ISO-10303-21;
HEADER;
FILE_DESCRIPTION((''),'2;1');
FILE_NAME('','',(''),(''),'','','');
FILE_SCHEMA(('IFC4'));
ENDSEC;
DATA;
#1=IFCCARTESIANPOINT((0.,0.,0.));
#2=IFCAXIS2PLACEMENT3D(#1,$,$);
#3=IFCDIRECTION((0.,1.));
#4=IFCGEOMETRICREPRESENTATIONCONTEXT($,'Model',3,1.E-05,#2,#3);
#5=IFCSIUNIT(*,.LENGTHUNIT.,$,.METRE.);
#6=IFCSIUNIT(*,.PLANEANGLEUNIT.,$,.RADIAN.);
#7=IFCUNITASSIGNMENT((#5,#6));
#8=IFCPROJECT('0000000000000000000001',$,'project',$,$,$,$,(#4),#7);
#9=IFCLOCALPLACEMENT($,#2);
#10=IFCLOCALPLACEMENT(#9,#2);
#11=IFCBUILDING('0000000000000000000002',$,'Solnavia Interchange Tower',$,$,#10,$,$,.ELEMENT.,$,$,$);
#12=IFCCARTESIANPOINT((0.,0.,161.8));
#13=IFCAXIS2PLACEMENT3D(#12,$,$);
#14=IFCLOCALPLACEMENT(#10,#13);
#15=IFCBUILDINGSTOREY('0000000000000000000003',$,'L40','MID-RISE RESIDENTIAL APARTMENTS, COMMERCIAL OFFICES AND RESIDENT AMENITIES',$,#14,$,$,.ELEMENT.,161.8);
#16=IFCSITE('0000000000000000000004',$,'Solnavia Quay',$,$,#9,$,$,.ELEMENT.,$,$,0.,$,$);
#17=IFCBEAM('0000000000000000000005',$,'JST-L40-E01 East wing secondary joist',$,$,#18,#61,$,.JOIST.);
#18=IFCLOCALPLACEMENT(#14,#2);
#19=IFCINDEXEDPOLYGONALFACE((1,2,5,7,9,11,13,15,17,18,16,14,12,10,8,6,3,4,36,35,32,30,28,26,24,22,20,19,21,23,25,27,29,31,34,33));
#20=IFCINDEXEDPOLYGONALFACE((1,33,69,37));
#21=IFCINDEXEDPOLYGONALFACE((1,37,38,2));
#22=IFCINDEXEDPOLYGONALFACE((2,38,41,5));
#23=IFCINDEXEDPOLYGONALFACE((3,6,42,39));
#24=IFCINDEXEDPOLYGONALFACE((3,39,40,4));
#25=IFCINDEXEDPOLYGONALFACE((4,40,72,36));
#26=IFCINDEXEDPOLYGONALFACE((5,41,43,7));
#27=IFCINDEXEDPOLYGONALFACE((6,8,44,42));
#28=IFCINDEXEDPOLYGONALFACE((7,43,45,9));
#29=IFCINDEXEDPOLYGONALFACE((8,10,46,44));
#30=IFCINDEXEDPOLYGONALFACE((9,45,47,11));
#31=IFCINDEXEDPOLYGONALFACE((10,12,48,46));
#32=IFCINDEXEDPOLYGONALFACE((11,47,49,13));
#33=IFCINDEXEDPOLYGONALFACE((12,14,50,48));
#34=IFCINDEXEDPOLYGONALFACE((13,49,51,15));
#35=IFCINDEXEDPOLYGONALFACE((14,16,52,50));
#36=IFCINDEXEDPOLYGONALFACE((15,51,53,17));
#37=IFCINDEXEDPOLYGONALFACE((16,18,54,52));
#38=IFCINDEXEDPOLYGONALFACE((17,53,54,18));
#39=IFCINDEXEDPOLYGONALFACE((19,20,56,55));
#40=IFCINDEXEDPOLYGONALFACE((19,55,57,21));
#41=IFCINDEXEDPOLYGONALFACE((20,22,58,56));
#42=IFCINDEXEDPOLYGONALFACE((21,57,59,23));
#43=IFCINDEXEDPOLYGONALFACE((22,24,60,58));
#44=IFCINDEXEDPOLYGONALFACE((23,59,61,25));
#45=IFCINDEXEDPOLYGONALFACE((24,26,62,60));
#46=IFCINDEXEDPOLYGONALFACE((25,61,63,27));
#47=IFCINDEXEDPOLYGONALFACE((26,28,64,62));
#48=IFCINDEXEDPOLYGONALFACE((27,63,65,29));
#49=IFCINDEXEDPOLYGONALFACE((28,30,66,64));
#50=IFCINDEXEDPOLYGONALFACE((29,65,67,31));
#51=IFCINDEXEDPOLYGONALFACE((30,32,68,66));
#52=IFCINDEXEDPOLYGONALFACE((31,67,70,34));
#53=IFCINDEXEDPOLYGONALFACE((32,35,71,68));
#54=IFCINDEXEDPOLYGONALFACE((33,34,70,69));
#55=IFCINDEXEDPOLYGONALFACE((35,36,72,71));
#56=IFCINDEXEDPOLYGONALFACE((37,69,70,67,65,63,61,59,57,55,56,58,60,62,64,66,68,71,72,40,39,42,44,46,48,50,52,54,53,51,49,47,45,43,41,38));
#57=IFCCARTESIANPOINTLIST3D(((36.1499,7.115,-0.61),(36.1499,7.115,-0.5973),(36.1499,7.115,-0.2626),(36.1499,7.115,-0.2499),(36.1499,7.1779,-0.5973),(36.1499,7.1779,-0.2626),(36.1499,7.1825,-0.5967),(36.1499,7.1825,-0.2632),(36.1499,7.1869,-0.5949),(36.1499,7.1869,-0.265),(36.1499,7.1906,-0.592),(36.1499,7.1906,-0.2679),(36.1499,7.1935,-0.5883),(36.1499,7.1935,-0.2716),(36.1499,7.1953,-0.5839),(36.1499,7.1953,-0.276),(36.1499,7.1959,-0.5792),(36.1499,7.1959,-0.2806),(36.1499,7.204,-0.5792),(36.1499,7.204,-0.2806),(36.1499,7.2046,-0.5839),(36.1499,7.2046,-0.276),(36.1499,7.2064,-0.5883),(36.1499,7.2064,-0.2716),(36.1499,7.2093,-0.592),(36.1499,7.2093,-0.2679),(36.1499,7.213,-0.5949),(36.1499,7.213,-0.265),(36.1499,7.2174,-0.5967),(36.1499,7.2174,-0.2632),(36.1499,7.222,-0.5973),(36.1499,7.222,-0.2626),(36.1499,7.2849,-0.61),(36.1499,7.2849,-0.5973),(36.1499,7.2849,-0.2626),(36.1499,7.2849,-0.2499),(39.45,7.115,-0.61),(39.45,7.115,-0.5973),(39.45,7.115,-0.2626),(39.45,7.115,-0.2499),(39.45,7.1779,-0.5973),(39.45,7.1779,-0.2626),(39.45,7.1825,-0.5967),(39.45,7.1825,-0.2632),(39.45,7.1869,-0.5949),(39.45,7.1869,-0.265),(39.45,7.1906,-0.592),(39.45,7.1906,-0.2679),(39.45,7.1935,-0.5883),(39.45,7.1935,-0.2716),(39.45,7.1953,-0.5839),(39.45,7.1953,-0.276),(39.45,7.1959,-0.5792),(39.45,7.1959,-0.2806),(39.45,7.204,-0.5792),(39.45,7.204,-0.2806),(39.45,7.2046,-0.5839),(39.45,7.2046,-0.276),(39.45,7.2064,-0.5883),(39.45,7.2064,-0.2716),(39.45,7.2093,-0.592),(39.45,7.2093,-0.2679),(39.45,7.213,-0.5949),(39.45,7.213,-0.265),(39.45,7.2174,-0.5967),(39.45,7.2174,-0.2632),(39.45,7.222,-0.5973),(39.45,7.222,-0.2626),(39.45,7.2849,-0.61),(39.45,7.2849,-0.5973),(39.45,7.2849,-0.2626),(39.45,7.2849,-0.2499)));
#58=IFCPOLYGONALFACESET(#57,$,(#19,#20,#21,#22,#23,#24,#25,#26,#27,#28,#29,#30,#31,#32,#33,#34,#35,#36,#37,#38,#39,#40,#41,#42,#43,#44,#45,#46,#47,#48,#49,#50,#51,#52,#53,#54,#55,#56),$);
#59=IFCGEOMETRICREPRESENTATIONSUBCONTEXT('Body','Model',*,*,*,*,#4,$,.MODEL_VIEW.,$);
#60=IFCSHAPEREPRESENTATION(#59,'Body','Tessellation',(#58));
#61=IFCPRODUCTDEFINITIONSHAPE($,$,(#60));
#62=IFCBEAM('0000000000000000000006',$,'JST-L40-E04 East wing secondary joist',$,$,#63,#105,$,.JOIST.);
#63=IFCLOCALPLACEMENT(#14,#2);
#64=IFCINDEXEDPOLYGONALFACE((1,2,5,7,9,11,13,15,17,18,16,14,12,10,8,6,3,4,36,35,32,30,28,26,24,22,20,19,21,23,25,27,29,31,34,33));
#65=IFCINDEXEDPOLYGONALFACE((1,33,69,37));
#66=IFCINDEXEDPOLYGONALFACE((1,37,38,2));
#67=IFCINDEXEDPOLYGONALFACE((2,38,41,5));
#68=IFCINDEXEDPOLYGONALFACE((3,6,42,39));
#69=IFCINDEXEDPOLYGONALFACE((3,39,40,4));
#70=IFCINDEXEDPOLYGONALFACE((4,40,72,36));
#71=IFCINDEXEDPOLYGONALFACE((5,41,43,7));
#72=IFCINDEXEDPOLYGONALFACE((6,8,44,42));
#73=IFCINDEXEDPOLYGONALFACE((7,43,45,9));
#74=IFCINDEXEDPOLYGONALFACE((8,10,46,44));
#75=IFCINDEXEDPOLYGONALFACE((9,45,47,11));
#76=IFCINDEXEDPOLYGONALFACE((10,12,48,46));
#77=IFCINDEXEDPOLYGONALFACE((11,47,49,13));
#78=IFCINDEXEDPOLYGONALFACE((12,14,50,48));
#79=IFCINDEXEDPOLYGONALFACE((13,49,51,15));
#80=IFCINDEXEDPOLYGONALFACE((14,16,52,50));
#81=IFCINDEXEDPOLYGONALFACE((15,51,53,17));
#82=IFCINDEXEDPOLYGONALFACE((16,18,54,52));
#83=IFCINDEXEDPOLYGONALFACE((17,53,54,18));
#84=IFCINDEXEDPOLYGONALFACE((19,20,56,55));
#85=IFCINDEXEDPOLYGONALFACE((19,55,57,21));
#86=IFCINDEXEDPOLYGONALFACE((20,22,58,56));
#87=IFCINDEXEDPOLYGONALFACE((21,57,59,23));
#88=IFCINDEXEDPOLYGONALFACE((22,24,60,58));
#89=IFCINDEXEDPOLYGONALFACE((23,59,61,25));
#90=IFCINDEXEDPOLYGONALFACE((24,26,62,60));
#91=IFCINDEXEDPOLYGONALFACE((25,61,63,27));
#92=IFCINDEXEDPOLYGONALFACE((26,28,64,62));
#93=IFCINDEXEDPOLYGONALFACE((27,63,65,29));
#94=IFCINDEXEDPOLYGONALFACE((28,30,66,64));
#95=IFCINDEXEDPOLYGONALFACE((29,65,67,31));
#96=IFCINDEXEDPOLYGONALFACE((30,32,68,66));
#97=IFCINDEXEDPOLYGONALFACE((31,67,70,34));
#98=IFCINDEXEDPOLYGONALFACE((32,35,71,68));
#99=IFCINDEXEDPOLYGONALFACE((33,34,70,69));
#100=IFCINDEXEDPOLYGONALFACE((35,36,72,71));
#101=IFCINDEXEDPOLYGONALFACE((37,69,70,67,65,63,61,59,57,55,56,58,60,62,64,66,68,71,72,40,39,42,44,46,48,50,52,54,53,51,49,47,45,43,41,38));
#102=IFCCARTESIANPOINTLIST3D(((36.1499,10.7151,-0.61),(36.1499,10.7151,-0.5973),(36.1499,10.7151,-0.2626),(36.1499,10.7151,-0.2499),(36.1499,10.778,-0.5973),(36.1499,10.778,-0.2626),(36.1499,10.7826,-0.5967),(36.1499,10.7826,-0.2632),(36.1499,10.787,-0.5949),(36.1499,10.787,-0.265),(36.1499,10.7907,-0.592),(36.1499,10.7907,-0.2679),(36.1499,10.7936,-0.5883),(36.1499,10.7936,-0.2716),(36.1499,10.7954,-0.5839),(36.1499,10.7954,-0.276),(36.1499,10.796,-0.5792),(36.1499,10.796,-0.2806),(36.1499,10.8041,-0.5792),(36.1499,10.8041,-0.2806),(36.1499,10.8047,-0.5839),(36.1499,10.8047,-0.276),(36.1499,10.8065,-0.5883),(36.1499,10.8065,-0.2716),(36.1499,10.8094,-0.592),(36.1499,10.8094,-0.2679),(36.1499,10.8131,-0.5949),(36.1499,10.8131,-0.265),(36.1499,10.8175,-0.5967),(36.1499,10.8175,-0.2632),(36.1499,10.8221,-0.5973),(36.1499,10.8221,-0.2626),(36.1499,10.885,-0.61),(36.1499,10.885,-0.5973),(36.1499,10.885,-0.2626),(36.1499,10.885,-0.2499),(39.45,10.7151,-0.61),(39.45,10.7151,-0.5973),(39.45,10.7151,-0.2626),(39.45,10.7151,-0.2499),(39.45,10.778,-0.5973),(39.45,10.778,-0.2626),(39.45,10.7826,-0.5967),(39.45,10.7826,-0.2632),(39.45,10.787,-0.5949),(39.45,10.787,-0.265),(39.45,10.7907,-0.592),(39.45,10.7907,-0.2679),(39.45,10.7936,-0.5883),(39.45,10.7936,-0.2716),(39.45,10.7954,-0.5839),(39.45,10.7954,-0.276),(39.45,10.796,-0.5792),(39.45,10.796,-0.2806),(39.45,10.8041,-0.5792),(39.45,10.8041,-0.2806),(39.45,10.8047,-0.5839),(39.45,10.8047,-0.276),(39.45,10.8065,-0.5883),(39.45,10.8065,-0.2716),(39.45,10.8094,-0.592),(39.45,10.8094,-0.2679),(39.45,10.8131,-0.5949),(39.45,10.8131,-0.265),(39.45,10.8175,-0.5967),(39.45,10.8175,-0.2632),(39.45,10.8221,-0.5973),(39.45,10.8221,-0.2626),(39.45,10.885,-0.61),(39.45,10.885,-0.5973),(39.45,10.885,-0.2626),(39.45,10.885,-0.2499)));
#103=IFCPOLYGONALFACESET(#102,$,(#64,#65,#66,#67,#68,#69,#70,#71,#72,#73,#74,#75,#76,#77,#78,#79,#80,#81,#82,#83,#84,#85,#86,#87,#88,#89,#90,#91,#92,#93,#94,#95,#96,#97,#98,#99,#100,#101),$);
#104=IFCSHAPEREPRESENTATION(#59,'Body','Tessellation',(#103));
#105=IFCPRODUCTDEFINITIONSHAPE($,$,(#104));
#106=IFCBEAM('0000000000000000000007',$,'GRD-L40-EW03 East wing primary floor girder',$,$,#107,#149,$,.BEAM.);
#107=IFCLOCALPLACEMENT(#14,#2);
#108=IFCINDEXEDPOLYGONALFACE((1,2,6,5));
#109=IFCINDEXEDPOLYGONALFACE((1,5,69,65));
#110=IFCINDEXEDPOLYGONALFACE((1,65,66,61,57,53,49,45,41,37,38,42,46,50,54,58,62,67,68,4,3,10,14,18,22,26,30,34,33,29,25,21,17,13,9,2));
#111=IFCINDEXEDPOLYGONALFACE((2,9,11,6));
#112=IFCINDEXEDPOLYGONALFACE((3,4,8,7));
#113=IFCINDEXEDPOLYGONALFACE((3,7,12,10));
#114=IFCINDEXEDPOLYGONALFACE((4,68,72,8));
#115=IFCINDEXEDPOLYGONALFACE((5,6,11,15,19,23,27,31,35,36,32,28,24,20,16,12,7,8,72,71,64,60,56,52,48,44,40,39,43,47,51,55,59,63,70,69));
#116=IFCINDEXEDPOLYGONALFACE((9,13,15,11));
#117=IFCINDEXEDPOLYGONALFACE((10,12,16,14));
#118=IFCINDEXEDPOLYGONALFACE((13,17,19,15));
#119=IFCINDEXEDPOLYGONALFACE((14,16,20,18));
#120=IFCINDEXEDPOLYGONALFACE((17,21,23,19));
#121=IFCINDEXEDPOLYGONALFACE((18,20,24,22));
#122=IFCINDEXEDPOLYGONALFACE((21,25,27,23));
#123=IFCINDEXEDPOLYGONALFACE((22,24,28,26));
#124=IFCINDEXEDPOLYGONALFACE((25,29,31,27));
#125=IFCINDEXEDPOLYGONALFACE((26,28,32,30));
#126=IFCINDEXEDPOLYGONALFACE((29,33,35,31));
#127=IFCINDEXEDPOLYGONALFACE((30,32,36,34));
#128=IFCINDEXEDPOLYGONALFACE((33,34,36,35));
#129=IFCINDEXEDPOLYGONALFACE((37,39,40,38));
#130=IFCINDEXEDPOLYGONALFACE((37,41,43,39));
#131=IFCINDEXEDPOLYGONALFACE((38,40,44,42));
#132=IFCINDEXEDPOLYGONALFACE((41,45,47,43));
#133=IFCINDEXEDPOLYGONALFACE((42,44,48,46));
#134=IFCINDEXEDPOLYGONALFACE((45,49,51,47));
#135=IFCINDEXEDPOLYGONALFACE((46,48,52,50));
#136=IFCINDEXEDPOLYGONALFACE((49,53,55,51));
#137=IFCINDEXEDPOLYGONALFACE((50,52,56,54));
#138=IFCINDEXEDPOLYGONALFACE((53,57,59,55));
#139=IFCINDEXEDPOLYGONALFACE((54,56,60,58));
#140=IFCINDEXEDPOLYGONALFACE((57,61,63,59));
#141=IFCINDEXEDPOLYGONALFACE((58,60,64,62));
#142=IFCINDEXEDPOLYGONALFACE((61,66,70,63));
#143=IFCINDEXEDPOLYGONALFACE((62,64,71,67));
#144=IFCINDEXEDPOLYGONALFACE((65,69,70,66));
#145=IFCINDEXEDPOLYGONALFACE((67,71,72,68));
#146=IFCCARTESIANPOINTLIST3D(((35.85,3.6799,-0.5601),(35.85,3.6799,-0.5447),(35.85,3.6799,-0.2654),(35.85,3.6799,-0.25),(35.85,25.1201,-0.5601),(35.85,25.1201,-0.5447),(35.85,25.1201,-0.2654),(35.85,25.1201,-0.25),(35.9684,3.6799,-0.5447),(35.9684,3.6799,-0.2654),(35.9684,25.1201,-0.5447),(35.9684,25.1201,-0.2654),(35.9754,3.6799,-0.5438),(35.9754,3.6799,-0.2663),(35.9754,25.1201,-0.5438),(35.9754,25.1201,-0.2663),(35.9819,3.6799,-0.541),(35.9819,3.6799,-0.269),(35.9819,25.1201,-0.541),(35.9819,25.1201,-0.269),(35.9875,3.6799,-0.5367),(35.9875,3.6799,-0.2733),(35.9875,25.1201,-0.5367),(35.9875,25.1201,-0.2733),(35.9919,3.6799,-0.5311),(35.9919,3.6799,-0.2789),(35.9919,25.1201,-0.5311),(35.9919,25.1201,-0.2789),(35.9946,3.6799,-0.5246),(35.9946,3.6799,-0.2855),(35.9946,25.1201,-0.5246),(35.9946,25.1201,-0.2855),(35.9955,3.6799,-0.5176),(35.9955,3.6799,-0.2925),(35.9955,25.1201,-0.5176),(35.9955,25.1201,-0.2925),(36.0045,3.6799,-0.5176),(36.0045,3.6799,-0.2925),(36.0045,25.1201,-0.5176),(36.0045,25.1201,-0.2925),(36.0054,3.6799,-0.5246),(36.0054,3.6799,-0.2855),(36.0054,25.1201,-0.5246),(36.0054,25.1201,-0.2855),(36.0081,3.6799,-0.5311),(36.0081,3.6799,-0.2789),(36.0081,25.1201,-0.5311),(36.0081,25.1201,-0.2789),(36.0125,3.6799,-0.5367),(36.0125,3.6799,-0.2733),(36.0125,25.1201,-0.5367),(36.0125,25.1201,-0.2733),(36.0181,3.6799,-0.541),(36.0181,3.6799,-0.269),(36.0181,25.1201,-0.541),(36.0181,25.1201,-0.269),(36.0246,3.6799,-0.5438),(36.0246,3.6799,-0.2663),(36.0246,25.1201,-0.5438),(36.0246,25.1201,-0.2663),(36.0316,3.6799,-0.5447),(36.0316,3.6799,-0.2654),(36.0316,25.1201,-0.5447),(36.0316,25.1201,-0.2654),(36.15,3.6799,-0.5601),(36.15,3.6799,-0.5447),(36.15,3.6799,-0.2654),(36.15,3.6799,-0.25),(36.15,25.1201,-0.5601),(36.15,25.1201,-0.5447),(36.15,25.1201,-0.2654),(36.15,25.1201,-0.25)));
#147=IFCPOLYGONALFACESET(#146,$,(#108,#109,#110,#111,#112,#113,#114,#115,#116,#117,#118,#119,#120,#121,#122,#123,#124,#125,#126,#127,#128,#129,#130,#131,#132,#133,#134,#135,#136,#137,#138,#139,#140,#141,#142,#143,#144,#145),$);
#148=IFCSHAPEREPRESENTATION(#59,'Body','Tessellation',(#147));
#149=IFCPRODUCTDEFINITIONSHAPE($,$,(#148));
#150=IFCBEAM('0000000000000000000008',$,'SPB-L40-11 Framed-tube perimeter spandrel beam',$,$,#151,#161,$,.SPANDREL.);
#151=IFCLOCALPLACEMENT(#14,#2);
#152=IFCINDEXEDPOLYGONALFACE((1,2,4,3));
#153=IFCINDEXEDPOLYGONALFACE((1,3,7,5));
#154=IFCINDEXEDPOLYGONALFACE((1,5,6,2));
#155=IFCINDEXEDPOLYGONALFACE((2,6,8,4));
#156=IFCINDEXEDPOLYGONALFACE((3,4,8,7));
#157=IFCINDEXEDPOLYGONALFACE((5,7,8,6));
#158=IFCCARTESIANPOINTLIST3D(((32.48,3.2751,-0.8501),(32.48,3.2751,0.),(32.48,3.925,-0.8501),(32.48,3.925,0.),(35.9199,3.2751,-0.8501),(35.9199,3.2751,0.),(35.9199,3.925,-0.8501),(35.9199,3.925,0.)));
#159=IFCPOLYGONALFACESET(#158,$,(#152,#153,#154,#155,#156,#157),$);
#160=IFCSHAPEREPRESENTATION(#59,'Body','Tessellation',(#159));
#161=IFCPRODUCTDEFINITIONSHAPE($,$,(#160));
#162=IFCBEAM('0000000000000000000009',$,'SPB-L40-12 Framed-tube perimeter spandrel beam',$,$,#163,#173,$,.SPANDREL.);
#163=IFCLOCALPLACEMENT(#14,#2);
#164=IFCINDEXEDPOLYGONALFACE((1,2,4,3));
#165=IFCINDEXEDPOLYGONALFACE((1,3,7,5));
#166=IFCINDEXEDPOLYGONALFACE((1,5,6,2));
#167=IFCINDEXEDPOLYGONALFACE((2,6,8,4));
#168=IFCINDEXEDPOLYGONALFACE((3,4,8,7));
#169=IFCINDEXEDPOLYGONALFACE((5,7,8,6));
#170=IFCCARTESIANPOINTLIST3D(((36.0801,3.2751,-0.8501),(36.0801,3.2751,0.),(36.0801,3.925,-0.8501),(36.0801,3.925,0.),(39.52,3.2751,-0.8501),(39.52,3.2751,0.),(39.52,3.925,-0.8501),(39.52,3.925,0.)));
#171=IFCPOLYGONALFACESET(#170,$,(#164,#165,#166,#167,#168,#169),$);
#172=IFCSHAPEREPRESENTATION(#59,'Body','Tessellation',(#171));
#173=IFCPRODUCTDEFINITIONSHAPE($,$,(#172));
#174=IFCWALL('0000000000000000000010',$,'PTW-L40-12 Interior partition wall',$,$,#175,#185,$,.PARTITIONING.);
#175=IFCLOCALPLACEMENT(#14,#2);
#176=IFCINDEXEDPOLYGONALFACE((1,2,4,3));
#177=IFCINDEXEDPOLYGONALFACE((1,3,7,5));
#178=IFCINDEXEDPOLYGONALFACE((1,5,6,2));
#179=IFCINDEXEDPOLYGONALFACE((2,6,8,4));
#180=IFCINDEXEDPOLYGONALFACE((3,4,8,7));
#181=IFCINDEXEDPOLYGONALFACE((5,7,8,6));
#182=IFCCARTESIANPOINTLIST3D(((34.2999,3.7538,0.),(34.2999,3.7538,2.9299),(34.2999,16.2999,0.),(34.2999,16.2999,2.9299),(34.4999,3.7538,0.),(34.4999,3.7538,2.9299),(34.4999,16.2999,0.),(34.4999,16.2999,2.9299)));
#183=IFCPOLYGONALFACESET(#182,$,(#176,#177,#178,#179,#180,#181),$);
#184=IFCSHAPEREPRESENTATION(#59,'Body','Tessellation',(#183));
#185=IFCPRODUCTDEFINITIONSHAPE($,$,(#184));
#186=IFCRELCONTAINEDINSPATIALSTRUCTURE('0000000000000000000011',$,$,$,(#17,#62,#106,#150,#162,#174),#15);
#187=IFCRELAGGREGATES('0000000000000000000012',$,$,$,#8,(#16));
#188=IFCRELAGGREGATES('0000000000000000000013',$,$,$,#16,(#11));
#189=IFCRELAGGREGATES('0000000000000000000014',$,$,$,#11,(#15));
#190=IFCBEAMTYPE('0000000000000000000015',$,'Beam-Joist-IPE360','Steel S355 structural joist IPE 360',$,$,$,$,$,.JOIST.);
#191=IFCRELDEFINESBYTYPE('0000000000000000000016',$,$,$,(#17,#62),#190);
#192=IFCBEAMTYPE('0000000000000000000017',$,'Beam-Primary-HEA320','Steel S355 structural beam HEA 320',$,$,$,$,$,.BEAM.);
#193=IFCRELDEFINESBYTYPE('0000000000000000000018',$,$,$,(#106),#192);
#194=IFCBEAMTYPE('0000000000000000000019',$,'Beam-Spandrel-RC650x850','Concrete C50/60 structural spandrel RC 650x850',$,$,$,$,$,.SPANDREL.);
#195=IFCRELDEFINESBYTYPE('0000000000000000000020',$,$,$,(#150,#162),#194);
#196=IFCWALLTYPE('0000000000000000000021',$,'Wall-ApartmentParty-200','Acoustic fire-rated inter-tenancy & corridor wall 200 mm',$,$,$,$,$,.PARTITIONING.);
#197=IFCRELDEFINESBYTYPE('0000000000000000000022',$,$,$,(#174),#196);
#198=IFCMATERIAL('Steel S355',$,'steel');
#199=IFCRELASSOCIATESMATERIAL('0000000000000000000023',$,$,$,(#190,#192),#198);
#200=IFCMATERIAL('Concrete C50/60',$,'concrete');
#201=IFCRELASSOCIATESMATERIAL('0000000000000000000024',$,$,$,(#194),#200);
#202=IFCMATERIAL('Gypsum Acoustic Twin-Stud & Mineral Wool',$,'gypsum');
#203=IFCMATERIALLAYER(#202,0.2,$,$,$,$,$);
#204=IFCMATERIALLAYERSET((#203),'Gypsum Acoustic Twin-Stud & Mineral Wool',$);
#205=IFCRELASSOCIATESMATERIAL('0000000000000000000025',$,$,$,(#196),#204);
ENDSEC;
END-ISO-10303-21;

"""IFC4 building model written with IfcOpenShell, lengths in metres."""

from ifc_helpers import new_model, si_unit, direction, frame, frame_2d, origin, origin_2d, place, context, subcontext, project, spatial, rectangle, i_section, extrude, material, layer, layer_set, material_profile, profile_set, type_object, element, save


model = new_model("IFC4")

# Units and contexts
model_context = context("Model", 3, precision=1e-05, world=origin(), true_north=direction((0.0, 1.0)))
body_context = subcontext(model_context, "Body", "Model", "MODEL_VIEW")
ifc_project = project(units=[si_unit("LENGTHUNIT", "METRE"), si_unit("PLANEANGLEUNIT", "RADIAN")], contexts=[model_context])

# Site, building, storey
site_placement = place(None, origin())
site = spatial("IfcSite", under=ifc_project, at=site_placement, Name="Solnavia Quay", CompositionType="ELEMENT", RefElevation=0.0)
building_placement = place(site_placement, origin())
building = spatial("IfcBuilding", under=site, at=building_placement, Name="Solnavia Interchange Tower", CompositionType="ELEMENT")
storey_placement = place(building_placement, frame((0.0, 0.0, 161.8)))
storey = spatial("IfcBuildingStorey", under=building, at=storey_placement, Name="L40", Description="MID-RISE RESIDENTIAL APARTMENTS, COMMERCIAL OFFICES AND RESIDENT AMENITIES", CompositionType="ELEMENT", Elevation=161.8)

# Shared definitions
ifc_material_1 = material(Name="Concrete C50/60", Category="concrete")
ifc_material_2 = material(Name="Steel S355", Category="steel")

# Beams
ifc_material_profile_1 = material_profile(ifc_material_2, i_section(OverallWidth=0.1699, OverallDepth=0.3601, WebThickness=0.0081, FlangeThickness=0.0127, FilletRadius=0.0181, at=origin_2d()), Name="IPE 360")
ifc_profile_set_1 = profile_set([ifc_material_profile_1], Name="Steel S355")
beam_type_1 = type_object("IfcBeamType", Name="Beam-Joist-IPE360", Description="Steel S355 structural joist IPE 360", PredefinedType="JOIST", material=ifc_profile_set_1)
for number, where, z_axis, x_axis, name in (
    (1, (36.1499, 7.2, -0.4299), (1.0, 0.0, 0.0), (0.0, 1.0, 0.0), "JST-L40-E01 East wing secondary joist"),
    (2, (36.1499, 10.8, -0.4299), (1.0, 0.0, 0.0), (0.0, 1.0, 0.0), "JST-L40-E04 East wing secondary joist"),
):
    element("IfcBeam", number, at=place(storey_placement, frame(where, z_axis=z_axis, x_axis=x_axis)), inside=storey, type_object=beam_type_1, Name=name, PredefinedType="JOIST", context=body_context, shape_type="SweptSolid", body=[
        extrude(i_section(OverallWidth=0.1699, OverallDepth=0.3601, WebThickness=0.0081, FlangeThickness=0.0127, FilletRadius=0.0181, at=origin_2d()), origin(), (0.0, 0.0, 1.0), 3.3),
    ])
ifc_material_profile_2 = material_profile(ifc_material_2, i_section(OverallWidth=0.3, OverallDepth=0.3101, WebThickness=0.009, FlangeThickness=0.0154, FilletRadius=0.0271, at=origin_2d()), Name="HEA 320")
ifc_profile_set_2 = profile_set([ifc_material_profile_2], Name="Steel S355")
beam_type_2 = type_object("IfcBeamType", Name="Beam-Primary-HEA320", Description="Steel S355 structural beam HEA 320", PredefinedType="BEAM", material=ifc_profile_set_2)
beam_1_placement = place(storey_placement, frame((36.0, 3.6799, -0.405), z_axis=(0.0, 1.0, 0.0), x_axis=(-1.0, 0.0, 0.0)))
element("IfcBeam", 3, at=beam_1_placement, inside=storey, type_object=beam_type_2, Name="GRD-L40-EW03 East wing primary floor girder", PredefinedType="BEAM", context=body_context, shape_type="SweptSolid", body=[
    extrude(i_section(OverallWidth=0.3, OverallDepth=0.3101, WebThickness=0.009, FlangeThickness=0.0154, FilletRadius=0.0271, at=origin_2d()), origin(), (0.0, 0.0, 1.0), 21.4402),
])
ifc_material_profile_3 = material_profile(ifc_material_1, rectangle(XDim=0.6499, YDim=0.8501, at=origin_2d()), Name="RC 650x850")
ifc_profile_set_3 = profile_set([ifc_material_profile_3], Name="Concrete C50/60")
beam_type_3 = type_object("IfcBeamType", Name="Beam-Spandrel-RC650x850", Description="Concrete C50/60 structural spandrel RC 650x850", PredefinedType="SPANDREL", material=ifc_profile_set_3)
for number, where, z_axis, x_axis, name in (
    (4, (32.48, 3.6001, -0.425), (1.0, 0.0, 0.0), (0.0, 1.0, 0.0), "SPB-L40-11 Framed-tube perimeter spandrel beam"),
    (5, (36.0801, 3.6001, -0.425), (1.0, 0.0, 0.0), (0.0, 1.0, 0.0), "SPB-L40-12 Framed-tube perimeter spandrel beam"),
):
    element("IfcBeam", number, at=place(storey_placement, frame(where, z_axis=z_axis, x_axis=x_axis)), inside=storey, type_object=beam_type_3, Name=name, PredefinedType="SPANDREL", context=body_context, shape_type="SweptSolid", body=[
        extrude(rectangle(XDim=0.6499, YDim=0.8501, at=origin_2d()), origin(), (0.0, 0.0, 1.0), 3.4399),
    ])

# Wall
ifc_material_3 = material(Name="Gypsum Acoustic Twin-Stud & Mineral Wool", Category="gypsum")
ifc_layer_1 = layer(ifc_material_3, 0.2)
ifc_layer_set_1 = layer_set([ifc_layer_1], Name="Gypsum Acoustic Twin-Stud & Mineral Wool")
wall_type_1 = type_object("IfcWallType", Name="Wall-ApartmentParty-200", Description="Acoustic fire-rated inter-tenancy & corridor wall 200 mm", PredefinedType="PARTITIONING", material=ifc_layer_set_1)
wall_1_placement = place(storey_placement, frame((34.3999, 3.7539, 0.0), z_axis=(0.0, 0.0, 1.0), x_axis=(0.0, 1.0, 0.0)))
element("IfcWall", 6, at=wall_1_placement, inside=storey, type_object=wall_type_1, Name="PTW-L40-12 Interior partition wall", PredefinedType="PARTITIONING", context=body_context, shape_type="SweptSolid", body=[
    extrude(rectangle(XDim=12.5461, YDim=0.2, at=frame_2d((6.2729, 0.0))), origin(), (0.0, 0.0, 1.0), 2.9299),
])

save(model, "model.ifc")
